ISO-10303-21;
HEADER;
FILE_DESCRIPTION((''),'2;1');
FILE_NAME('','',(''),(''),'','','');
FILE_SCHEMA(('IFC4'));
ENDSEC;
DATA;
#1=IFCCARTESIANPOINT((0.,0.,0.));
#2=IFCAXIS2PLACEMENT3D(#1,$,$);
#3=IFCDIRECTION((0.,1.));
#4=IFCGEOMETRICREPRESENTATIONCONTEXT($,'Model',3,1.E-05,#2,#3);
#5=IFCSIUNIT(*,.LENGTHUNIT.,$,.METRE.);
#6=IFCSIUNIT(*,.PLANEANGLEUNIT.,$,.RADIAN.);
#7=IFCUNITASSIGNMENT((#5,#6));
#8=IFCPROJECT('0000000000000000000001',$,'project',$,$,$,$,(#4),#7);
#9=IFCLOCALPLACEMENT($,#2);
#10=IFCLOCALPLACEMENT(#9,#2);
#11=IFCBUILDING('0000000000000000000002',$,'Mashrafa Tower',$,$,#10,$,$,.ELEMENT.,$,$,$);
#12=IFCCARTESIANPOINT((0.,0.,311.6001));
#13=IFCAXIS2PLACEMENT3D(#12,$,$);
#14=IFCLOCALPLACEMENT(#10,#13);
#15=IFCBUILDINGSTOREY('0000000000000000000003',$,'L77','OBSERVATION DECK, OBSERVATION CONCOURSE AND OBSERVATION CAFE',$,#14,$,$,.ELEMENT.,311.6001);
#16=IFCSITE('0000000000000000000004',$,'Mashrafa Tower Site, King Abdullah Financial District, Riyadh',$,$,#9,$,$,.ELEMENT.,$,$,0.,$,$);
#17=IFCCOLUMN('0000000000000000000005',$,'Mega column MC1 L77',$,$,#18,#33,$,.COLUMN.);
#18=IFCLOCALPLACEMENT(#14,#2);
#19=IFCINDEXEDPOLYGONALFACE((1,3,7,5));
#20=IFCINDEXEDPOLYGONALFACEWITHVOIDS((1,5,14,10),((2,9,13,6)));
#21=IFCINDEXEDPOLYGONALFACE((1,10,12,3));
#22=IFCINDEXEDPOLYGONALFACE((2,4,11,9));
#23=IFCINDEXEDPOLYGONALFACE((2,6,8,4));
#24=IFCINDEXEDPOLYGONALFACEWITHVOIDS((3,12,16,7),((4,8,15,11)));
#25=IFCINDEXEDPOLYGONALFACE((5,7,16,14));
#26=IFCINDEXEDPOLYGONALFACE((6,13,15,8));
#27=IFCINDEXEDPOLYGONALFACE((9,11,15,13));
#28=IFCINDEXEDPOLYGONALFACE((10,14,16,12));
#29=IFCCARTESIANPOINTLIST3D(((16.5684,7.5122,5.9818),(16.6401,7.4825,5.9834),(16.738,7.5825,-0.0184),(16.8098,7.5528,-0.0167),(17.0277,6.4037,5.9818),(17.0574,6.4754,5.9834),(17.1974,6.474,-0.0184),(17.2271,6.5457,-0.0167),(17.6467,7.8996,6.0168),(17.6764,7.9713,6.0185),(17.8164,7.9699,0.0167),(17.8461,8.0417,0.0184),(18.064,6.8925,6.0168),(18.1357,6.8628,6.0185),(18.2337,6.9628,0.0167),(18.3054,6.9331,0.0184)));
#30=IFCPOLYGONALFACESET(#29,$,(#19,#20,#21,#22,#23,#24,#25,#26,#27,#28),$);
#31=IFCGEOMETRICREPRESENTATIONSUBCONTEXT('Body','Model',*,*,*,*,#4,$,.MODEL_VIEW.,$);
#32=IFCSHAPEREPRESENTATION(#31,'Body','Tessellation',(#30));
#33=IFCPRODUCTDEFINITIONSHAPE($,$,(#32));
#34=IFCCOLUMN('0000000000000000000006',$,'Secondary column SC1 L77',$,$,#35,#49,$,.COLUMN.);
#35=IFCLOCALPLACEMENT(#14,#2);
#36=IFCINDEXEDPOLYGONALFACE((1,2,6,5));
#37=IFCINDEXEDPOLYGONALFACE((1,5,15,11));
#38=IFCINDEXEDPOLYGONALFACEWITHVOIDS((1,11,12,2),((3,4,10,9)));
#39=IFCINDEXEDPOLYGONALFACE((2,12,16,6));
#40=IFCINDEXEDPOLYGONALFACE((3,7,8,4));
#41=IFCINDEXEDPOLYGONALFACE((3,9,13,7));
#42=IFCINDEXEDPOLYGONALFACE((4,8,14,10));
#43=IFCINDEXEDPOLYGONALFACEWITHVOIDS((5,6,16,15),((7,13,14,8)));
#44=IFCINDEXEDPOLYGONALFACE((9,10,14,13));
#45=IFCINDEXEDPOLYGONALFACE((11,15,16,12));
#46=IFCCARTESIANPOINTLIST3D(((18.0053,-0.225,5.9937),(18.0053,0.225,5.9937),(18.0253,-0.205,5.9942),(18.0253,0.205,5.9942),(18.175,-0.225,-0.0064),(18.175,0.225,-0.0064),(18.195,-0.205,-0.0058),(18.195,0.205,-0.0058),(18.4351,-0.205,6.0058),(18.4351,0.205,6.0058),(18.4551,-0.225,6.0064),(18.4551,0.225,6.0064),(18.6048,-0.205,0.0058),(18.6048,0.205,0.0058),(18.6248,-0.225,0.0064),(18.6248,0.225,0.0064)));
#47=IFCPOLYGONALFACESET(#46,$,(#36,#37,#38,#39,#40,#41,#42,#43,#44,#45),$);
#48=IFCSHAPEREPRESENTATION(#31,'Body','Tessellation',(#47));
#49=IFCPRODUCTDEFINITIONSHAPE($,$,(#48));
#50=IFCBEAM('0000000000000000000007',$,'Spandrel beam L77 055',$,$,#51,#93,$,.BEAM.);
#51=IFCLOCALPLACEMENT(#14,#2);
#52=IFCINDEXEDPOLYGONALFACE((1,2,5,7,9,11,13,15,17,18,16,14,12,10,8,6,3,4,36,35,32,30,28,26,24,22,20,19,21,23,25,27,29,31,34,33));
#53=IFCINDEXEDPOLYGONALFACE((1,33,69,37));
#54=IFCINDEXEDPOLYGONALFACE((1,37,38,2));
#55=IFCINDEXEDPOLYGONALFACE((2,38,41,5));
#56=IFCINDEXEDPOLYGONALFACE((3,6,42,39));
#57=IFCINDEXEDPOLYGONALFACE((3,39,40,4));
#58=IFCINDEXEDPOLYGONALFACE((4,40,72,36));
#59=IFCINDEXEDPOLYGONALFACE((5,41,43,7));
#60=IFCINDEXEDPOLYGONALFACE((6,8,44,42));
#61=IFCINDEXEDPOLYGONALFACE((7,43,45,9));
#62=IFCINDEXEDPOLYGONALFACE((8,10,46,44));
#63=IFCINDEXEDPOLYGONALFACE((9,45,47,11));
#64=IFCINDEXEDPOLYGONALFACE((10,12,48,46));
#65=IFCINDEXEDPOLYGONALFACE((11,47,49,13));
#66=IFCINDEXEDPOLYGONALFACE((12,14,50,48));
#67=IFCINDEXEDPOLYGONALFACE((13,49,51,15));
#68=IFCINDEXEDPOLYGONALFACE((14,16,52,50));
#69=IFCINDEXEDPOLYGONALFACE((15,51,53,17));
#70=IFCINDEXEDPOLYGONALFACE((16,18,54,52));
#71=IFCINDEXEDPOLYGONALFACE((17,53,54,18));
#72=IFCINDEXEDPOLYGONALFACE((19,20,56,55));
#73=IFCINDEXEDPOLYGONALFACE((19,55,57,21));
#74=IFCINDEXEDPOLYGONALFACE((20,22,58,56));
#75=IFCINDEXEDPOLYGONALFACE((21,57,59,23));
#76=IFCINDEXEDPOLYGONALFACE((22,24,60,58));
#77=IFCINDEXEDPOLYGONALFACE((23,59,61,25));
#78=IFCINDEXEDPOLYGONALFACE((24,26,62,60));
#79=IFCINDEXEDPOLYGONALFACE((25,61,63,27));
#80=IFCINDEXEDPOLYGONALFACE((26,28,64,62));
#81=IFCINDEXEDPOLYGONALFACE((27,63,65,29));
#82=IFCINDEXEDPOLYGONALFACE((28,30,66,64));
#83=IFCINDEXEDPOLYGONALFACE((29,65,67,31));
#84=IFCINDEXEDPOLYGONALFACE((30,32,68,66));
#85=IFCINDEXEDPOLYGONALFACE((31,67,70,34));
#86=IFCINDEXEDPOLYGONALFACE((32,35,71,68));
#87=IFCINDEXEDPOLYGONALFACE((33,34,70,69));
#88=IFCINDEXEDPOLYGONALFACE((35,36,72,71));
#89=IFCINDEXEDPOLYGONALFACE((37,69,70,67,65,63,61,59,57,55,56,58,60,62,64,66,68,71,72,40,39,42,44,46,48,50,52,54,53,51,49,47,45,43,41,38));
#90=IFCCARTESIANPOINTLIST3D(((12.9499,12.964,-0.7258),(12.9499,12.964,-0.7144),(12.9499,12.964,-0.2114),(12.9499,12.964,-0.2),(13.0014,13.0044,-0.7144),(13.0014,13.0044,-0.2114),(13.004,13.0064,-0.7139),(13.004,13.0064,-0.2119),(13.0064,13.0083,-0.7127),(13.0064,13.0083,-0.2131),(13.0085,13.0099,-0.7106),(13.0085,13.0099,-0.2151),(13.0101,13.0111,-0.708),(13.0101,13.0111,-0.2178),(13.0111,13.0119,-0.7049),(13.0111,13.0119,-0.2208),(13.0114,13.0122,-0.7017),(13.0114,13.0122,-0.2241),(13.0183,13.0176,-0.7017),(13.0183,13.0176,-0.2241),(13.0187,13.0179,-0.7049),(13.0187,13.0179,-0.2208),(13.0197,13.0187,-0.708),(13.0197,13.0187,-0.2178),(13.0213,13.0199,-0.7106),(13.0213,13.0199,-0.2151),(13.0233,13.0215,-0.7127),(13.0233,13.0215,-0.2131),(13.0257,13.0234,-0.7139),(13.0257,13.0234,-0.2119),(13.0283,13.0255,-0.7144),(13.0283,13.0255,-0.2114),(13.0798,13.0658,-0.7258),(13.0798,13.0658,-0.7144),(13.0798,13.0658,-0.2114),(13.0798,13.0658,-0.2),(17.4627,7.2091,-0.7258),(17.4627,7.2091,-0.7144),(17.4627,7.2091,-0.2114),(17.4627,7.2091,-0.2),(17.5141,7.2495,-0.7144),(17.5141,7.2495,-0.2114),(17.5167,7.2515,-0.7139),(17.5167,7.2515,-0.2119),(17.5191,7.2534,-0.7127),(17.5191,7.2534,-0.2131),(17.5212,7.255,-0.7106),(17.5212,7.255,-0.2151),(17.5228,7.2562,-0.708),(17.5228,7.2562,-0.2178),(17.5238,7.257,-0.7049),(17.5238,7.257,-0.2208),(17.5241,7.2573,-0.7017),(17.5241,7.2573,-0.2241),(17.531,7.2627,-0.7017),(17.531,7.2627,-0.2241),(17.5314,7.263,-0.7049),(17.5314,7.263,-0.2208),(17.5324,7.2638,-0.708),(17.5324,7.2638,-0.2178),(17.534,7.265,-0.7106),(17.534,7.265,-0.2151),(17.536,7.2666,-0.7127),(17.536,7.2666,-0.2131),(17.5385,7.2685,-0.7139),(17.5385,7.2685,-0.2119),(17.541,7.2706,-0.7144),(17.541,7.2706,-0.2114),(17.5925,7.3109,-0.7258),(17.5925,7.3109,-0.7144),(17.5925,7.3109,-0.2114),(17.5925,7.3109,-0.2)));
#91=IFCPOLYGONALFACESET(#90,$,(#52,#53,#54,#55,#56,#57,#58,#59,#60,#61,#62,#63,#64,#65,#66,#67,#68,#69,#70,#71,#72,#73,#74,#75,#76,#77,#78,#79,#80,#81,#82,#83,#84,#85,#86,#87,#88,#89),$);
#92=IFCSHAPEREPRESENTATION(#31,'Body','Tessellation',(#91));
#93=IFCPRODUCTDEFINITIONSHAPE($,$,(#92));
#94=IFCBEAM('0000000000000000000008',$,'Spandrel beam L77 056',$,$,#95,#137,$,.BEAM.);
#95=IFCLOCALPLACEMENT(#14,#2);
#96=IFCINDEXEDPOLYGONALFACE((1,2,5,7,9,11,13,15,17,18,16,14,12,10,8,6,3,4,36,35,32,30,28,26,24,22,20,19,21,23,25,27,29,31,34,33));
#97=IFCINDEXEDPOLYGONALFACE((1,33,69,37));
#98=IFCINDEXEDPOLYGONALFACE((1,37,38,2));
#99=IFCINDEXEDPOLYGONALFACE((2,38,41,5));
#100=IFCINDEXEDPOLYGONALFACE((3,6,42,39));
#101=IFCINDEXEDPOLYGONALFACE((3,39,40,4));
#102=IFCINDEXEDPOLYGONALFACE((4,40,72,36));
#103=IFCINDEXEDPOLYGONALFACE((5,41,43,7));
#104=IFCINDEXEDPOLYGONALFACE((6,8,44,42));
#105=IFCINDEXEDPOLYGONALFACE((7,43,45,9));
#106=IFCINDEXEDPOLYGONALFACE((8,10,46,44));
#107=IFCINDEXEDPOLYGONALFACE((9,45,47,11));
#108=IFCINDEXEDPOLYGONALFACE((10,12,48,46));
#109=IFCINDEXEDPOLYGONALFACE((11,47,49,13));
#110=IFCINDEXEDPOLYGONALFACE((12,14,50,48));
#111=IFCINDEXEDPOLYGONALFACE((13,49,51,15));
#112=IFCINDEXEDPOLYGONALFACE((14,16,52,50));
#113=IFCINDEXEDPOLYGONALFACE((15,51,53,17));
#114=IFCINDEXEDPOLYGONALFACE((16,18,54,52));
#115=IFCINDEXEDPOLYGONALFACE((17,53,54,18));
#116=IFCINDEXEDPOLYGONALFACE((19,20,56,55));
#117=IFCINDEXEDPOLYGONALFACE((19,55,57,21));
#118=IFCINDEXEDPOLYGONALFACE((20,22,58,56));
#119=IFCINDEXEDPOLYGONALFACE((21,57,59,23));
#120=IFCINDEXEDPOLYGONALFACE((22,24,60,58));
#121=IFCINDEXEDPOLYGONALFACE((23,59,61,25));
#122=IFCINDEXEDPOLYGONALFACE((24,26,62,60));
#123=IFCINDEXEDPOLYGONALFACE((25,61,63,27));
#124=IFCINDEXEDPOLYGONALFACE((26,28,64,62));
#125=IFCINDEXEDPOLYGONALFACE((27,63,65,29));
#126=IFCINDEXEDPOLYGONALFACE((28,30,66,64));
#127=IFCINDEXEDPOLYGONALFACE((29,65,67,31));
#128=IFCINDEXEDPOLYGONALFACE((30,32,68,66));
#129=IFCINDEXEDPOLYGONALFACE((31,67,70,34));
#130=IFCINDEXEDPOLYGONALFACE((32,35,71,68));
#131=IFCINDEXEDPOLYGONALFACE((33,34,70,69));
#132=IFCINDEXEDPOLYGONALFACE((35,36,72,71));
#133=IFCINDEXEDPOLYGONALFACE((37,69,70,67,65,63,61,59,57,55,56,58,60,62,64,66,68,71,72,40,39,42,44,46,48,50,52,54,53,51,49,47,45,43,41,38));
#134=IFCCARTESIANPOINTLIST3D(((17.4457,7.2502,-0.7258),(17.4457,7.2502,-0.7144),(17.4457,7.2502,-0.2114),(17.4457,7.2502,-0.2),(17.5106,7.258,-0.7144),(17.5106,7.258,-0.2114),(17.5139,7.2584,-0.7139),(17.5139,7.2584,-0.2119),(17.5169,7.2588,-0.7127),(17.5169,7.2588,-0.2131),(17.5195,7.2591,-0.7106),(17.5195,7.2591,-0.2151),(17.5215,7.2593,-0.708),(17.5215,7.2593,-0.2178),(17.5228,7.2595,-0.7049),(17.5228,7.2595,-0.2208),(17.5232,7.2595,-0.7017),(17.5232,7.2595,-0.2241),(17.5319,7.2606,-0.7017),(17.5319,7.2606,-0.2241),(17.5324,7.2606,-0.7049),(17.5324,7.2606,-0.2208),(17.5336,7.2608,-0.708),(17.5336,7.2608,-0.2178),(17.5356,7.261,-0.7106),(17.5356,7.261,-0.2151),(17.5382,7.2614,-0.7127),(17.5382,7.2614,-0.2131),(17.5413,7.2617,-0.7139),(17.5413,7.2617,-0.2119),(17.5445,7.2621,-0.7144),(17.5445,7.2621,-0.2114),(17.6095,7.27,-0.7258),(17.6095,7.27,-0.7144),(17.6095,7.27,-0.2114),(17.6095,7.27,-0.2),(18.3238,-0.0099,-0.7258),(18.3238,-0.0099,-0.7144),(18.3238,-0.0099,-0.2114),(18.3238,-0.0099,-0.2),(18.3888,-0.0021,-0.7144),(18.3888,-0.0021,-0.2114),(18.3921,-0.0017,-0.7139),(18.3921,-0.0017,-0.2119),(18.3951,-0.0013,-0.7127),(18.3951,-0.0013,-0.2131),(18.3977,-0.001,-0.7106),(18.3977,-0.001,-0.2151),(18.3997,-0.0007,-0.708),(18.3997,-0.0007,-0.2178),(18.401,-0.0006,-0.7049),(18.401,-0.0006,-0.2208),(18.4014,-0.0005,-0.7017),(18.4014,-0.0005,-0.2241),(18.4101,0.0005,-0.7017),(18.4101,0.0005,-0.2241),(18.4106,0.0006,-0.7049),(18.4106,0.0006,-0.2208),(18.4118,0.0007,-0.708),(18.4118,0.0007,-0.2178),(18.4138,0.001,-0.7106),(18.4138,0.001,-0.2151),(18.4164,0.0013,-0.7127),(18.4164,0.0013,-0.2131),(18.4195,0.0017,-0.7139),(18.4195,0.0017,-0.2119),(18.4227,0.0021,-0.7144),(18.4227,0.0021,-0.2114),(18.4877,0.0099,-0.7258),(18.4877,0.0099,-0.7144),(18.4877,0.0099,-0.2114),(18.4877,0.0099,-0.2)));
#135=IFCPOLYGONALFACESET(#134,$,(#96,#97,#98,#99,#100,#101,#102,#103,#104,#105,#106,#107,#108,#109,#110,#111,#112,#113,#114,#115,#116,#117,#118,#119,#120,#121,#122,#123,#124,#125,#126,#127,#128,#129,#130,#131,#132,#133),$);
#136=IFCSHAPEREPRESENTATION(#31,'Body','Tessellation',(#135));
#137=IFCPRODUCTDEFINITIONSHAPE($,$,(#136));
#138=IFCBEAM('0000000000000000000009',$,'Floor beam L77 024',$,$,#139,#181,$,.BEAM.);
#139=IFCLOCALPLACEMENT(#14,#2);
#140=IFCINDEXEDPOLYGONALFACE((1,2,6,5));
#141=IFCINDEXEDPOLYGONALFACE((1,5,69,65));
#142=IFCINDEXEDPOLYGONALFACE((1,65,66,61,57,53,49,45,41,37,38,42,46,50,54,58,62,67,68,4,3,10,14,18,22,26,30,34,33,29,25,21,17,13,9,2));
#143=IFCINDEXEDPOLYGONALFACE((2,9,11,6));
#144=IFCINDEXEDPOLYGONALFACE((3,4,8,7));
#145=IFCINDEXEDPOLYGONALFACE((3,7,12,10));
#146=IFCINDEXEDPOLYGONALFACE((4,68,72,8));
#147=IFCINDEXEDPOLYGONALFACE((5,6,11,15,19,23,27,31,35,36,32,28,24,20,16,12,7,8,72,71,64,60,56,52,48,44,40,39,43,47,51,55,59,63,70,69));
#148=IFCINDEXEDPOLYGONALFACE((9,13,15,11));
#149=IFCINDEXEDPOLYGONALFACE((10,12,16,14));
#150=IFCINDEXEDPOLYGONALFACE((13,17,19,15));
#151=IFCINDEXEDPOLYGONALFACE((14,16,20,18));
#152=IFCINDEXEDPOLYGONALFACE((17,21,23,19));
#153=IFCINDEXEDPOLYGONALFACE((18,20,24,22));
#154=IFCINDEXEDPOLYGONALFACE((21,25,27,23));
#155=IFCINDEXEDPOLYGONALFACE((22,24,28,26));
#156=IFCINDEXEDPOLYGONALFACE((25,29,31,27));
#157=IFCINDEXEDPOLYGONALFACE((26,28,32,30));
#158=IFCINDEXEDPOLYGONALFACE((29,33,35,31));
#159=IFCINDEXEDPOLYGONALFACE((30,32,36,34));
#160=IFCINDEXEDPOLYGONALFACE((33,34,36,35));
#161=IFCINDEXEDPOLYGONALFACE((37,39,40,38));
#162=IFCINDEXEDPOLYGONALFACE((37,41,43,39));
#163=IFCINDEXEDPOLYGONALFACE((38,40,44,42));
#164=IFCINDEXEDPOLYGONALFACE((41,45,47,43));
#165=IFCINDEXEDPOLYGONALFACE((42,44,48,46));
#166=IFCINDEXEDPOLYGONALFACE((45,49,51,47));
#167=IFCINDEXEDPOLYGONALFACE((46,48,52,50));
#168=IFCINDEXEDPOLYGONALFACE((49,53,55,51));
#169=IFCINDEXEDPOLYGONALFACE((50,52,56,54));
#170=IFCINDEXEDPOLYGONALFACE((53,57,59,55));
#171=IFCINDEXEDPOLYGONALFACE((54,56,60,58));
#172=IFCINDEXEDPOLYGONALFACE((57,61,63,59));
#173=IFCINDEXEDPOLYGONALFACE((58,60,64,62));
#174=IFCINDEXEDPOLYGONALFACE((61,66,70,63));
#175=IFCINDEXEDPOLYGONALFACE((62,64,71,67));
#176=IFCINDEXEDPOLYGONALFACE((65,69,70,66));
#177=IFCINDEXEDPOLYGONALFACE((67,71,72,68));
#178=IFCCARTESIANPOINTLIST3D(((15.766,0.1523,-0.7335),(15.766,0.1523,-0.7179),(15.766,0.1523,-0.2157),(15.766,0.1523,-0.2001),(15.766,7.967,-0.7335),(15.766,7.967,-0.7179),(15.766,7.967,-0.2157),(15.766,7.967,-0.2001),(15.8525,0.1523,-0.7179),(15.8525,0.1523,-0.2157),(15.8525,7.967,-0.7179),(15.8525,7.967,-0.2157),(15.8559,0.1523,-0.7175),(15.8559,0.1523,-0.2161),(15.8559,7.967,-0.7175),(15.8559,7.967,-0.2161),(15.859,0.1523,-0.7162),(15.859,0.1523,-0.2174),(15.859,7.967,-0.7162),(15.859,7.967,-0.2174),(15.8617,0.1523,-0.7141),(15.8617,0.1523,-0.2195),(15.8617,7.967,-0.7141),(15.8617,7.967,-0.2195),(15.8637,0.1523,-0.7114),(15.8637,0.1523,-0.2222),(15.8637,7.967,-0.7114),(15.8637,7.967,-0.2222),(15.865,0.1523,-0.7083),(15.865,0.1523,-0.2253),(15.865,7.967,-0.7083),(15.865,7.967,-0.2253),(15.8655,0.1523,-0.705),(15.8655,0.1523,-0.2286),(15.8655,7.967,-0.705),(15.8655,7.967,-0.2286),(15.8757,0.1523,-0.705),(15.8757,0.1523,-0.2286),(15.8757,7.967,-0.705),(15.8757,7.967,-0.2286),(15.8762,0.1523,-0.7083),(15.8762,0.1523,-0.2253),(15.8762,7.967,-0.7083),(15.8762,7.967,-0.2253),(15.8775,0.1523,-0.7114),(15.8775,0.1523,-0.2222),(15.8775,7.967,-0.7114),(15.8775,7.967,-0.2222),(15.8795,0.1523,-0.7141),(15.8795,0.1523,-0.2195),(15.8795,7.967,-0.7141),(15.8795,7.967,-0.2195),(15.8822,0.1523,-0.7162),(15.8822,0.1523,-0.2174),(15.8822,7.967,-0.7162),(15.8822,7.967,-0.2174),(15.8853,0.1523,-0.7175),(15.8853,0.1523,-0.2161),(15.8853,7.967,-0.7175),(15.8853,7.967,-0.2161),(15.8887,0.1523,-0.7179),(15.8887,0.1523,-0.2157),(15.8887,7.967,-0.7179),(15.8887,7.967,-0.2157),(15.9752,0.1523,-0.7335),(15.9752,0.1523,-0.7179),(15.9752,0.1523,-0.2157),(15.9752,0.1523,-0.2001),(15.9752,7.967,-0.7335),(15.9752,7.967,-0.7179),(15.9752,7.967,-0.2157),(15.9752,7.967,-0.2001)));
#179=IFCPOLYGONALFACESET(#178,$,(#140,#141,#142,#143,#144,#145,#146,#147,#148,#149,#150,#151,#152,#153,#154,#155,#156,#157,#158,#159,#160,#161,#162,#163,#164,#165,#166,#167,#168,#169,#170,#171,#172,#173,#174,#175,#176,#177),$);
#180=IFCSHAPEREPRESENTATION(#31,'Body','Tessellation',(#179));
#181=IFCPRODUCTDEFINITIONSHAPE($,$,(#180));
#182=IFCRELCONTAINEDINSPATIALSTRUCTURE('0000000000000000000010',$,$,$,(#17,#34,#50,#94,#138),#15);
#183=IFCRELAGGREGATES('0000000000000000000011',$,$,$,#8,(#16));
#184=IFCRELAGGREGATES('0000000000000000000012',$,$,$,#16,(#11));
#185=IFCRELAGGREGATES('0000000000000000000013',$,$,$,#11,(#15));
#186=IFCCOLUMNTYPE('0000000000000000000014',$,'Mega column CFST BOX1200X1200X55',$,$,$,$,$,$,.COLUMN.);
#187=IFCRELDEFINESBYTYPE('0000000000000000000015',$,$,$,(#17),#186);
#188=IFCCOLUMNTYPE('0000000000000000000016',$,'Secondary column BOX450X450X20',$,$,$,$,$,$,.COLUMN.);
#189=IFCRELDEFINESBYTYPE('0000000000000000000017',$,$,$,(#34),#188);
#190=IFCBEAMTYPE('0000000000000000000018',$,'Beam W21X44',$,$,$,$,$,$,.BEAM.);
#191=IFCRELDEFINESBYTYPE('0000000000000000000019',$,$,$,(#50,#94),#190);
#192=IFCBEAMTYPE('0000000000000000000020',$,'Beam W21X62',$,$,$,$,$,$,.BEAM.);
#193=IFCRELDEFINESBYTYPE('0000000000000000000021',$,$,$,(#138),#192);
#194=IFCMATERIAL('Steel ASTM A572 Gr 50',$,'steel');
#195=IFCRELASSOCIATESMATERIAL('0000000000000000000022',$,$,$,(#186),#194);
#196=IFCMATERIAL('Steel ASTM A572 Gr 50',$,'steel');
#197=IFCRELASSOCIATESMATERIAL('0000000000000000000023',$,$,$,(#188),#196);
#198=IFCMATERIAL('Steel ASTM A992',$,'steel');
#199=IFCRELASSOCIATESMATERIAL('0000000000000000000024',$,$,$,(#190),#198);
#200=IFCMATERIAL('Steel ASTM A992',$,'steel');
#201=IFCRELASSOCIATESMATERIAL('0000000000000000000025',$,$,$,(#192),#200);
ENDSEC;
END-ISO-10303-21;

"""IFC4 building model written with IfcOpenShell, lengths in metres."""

from ifc_helpers import new_model, si_unit, direction, frame, origin, origin_2d, place, context, subcontext, project, spatial, hollow_rectangle, i_section, extrude, material, material_profile, profile_set, type_object, element, save


model = new_model("IFC4")

# Units and contexts
model_context = context("Model", 3, precision=1e-05, world=origin(), true_north=direction((0.0, 1.0)))
body_context = subcontext(model_context, "Body", "Model", "MODEL_VIEW")
ifc_project = project(units=[si_unit("LENGTHUNIT", "METRE"), si_unit("PLANEANGLEUNIT", "RADIAN")], contexts=[model_context])

# Site, building, storey
site_placement = place(None, origin())
site = spatial("IfcSite", under=ifc_project, at=site_placement, Name="Mashrafa Tower Site, King Abdullah Financial District, Riyadh", CompositionType="ELEMENT", RefElevation=0.0)
building_placement = place(site_placement, origin())
building = spatial("IfcBuilding", under=site, at=building_placement, Name="Mashrafa Tower", CompositionType="ELEMENT")
storey_placement = place(building_placement, frame((0.0, 0.0, 311.6001)))
storey = spatial("IfcBuildingStorey", under=building, at=storey_placement, Name="L77", Description="OBSERVATION DECK, OBSERVATION CONCOURSE AND OBSERVATION CAFE", CompositionType="ELEMENT", Elevation=311.6001)

# Columns
ifc_material_1 = material(Name="Steel ASTM A572 Gr 50", Category="steel")
ifc_material_profile_1 = material_profile(ifc_material_1, hollow_rectangle(XDim=1.2, YDim=1.2, WallThickness=0.0549, at=origin_2d()), Name="BOX1200X1200X55")
ifc_profile_set_1 = profile_set([ifc_material_profile_1], Name="Steel ASTM A572 Gr 50")
column_type_1 = type_object("IfcColumnType", Name="Mega column CFST BOX1200X1200X55", PredefinedType="COLUMN", material=ifc_profile_set_1)
column_1_placement = place(storey_placement, frame((17.5217, 7.2578, 0.0), z_axis=(-0.028266, -0.011713, 0.999532), x_axis=(0.382821, -0.923822, 0.0)))
element("IfcColumn", 1, at=column_1_placement, inside=storey, type_object=column_type_1, Name="Mega column MC1 L77", PredefinedType="COLUMN", context=body_context, shape_type="SweptSolid", body=[
    extrude(hollow_rectangle(XDim=1.2, YDim=1.2, WallThickness=0.0549, at=origin_2d()), origin(), (0.0, 0.0, 1.0), 6.0029),
])
ifc_material_2 = material(Name="Steel ASTM A572 Gr 50", Category="steel")
ifc_material_profile_2 = material_profile(ifc_material_2, hollow_rectangle(XDim=0.45, YDim=0.45, WallThickness=0.02, at=origin_2d()), Name="BOX450X450X20")
ifc_profile_set_2 = profile_set([ifc_material_profile_2], Name="Steel ASTM A572 Gr 50")
column_type_2 = type_object("IfcColumnType", Name="Secondary column BOX450X450X20", PredefinedType="COLUMN", material=ifc_profile_set_2)
column_2_placement = place(storey_placement, frame((18.3999, 0.0, 0.0), z_axis=(-0.028268, 0.0, 0.9996), x_axis=(0.0, -1.0, 0.0)))
element("IfcColumn", 2, at=column_2_placement, inside=storey, type_object=column_type_2, Name="Secondary column SC1 L77", PredefinedType="COLUMN", context=body_context, shape_type="SweptSolid", body=[
    extrude(hollow_rectangle(XDim=0.45, YDim=0.45, WallThickness=0.02, at=origin_2d()), origin(), (0.0, 0.0, 1.0), 6.0024),
])

# Beams
ifc_material_3 = material(Name="Steel ASTM A992", Category="steel")
ifc_material_profile_3 = material_profile(ifc_material_3, i_section(OverallWidth=0.165, OverallDepth=0.5259, WebThickness=0.0088, FlangeThickness=0.0115, FilletRadius=0.0127, at=origin_2d()), Name="W21X44")
ifc_profile_set_3 = profile_set([ifc_material_profile_3], Name="Steel ASTM A992")
beam_type_1 = type_object("IfcBeamType", Name="Beam W21X44", PredefinedType="BEAM", material=ifc_profile_set_3)
beam_1_placement = place(storey_placement, frame((17.5276, 7.26, -0.4629), z_axis=(-0.61706, 0.786916, 0.0), x_axis=(-0.786916, -0.61706, 0.0)))
element("IfcBeam", 3, at=beam_1_placement, inside=storey, type_object=beam_type_1, Name="Spandrel beam L77 055", PredefinedType="BEAM", context=body_context, shape_type="SweptSolid", body=[
    extrude(i_section(OverallWidth=0.165, OverallDepth=0.5259, WebThickness=0.0088, FlangeThickness=0.0115, FilletRadius=0.0127, at=origin_2d()), origin(), (0.0, 0.0, 1.0), 7.3132),
])
beam_2_placement = place(storey_placement, frame((18.4058, 0.0, -0.4629), z_axis=(-0.120085, 0.992764, 0.0), x_axis=(-0.992764, -0.120085, 0.0)))
element("IfcBeam", 4, at=beam_2_placement, inside=storey, type_object=beam_type_1, Name="Spandrel beam L77 056", PredefinedType="BEAM", context=body_context, shape_type="SweptSolid", body=[
    extrude(i_section(OverallWidth=0.165, OverallDepth=0.5259, WebThickness=0.0088, FlangeThickness=0.0115, FilletRadius=0.0127, at=origin_2d()), origin(), (0.0, 0.0, 1.0), 7.313),
])
ifc_material_4 = material(Name="Steel ASTM A992", Category="steel")
ifc_material_profile_4 = material_profile(ifc_material_4, i_section(OverallWidth=0.2092, OverallDepth=0.5334, WebThickness=0.0103, FlangeThickness=0.0156, FilletRadius=0.0129, at=origin_2d()), Name="W21X62")
ifc_profile_set_4 = profile_set([ifc_material_profile_4], Name="Steel ASTM A992")
beam_type_2 = type_object("IfcBeamType", Name="Beam W21X62", PredefinedType="BEAM", material=ifc_profile_set_4)
beam_3_placement = place(storey_placement, frame((15.8706, 7.967, -0.4668), z_axis=(0.0, -1.0, 0.0), x_axis=(1.0, 0.0, 0.0)))
element("IfcBeam", 5, at=beam_3_placement, inside=storey, type_object=beam_type_2, Name="Floor beam L77 024", PredefinedType="BEAM", context=body_context, shape_type="SweptSolid", body=[
    extrude(i_section(OverallWidth=0.2092, OverallDepth=0.5334, WebThickness=0.0103, FlangeThickness=0.0156, FilletRadius=0.0129, at=origin_2d()), origin(), (0.0, 0.0, 1.0), 7.8147),
])

save(model, "model.ifc")
